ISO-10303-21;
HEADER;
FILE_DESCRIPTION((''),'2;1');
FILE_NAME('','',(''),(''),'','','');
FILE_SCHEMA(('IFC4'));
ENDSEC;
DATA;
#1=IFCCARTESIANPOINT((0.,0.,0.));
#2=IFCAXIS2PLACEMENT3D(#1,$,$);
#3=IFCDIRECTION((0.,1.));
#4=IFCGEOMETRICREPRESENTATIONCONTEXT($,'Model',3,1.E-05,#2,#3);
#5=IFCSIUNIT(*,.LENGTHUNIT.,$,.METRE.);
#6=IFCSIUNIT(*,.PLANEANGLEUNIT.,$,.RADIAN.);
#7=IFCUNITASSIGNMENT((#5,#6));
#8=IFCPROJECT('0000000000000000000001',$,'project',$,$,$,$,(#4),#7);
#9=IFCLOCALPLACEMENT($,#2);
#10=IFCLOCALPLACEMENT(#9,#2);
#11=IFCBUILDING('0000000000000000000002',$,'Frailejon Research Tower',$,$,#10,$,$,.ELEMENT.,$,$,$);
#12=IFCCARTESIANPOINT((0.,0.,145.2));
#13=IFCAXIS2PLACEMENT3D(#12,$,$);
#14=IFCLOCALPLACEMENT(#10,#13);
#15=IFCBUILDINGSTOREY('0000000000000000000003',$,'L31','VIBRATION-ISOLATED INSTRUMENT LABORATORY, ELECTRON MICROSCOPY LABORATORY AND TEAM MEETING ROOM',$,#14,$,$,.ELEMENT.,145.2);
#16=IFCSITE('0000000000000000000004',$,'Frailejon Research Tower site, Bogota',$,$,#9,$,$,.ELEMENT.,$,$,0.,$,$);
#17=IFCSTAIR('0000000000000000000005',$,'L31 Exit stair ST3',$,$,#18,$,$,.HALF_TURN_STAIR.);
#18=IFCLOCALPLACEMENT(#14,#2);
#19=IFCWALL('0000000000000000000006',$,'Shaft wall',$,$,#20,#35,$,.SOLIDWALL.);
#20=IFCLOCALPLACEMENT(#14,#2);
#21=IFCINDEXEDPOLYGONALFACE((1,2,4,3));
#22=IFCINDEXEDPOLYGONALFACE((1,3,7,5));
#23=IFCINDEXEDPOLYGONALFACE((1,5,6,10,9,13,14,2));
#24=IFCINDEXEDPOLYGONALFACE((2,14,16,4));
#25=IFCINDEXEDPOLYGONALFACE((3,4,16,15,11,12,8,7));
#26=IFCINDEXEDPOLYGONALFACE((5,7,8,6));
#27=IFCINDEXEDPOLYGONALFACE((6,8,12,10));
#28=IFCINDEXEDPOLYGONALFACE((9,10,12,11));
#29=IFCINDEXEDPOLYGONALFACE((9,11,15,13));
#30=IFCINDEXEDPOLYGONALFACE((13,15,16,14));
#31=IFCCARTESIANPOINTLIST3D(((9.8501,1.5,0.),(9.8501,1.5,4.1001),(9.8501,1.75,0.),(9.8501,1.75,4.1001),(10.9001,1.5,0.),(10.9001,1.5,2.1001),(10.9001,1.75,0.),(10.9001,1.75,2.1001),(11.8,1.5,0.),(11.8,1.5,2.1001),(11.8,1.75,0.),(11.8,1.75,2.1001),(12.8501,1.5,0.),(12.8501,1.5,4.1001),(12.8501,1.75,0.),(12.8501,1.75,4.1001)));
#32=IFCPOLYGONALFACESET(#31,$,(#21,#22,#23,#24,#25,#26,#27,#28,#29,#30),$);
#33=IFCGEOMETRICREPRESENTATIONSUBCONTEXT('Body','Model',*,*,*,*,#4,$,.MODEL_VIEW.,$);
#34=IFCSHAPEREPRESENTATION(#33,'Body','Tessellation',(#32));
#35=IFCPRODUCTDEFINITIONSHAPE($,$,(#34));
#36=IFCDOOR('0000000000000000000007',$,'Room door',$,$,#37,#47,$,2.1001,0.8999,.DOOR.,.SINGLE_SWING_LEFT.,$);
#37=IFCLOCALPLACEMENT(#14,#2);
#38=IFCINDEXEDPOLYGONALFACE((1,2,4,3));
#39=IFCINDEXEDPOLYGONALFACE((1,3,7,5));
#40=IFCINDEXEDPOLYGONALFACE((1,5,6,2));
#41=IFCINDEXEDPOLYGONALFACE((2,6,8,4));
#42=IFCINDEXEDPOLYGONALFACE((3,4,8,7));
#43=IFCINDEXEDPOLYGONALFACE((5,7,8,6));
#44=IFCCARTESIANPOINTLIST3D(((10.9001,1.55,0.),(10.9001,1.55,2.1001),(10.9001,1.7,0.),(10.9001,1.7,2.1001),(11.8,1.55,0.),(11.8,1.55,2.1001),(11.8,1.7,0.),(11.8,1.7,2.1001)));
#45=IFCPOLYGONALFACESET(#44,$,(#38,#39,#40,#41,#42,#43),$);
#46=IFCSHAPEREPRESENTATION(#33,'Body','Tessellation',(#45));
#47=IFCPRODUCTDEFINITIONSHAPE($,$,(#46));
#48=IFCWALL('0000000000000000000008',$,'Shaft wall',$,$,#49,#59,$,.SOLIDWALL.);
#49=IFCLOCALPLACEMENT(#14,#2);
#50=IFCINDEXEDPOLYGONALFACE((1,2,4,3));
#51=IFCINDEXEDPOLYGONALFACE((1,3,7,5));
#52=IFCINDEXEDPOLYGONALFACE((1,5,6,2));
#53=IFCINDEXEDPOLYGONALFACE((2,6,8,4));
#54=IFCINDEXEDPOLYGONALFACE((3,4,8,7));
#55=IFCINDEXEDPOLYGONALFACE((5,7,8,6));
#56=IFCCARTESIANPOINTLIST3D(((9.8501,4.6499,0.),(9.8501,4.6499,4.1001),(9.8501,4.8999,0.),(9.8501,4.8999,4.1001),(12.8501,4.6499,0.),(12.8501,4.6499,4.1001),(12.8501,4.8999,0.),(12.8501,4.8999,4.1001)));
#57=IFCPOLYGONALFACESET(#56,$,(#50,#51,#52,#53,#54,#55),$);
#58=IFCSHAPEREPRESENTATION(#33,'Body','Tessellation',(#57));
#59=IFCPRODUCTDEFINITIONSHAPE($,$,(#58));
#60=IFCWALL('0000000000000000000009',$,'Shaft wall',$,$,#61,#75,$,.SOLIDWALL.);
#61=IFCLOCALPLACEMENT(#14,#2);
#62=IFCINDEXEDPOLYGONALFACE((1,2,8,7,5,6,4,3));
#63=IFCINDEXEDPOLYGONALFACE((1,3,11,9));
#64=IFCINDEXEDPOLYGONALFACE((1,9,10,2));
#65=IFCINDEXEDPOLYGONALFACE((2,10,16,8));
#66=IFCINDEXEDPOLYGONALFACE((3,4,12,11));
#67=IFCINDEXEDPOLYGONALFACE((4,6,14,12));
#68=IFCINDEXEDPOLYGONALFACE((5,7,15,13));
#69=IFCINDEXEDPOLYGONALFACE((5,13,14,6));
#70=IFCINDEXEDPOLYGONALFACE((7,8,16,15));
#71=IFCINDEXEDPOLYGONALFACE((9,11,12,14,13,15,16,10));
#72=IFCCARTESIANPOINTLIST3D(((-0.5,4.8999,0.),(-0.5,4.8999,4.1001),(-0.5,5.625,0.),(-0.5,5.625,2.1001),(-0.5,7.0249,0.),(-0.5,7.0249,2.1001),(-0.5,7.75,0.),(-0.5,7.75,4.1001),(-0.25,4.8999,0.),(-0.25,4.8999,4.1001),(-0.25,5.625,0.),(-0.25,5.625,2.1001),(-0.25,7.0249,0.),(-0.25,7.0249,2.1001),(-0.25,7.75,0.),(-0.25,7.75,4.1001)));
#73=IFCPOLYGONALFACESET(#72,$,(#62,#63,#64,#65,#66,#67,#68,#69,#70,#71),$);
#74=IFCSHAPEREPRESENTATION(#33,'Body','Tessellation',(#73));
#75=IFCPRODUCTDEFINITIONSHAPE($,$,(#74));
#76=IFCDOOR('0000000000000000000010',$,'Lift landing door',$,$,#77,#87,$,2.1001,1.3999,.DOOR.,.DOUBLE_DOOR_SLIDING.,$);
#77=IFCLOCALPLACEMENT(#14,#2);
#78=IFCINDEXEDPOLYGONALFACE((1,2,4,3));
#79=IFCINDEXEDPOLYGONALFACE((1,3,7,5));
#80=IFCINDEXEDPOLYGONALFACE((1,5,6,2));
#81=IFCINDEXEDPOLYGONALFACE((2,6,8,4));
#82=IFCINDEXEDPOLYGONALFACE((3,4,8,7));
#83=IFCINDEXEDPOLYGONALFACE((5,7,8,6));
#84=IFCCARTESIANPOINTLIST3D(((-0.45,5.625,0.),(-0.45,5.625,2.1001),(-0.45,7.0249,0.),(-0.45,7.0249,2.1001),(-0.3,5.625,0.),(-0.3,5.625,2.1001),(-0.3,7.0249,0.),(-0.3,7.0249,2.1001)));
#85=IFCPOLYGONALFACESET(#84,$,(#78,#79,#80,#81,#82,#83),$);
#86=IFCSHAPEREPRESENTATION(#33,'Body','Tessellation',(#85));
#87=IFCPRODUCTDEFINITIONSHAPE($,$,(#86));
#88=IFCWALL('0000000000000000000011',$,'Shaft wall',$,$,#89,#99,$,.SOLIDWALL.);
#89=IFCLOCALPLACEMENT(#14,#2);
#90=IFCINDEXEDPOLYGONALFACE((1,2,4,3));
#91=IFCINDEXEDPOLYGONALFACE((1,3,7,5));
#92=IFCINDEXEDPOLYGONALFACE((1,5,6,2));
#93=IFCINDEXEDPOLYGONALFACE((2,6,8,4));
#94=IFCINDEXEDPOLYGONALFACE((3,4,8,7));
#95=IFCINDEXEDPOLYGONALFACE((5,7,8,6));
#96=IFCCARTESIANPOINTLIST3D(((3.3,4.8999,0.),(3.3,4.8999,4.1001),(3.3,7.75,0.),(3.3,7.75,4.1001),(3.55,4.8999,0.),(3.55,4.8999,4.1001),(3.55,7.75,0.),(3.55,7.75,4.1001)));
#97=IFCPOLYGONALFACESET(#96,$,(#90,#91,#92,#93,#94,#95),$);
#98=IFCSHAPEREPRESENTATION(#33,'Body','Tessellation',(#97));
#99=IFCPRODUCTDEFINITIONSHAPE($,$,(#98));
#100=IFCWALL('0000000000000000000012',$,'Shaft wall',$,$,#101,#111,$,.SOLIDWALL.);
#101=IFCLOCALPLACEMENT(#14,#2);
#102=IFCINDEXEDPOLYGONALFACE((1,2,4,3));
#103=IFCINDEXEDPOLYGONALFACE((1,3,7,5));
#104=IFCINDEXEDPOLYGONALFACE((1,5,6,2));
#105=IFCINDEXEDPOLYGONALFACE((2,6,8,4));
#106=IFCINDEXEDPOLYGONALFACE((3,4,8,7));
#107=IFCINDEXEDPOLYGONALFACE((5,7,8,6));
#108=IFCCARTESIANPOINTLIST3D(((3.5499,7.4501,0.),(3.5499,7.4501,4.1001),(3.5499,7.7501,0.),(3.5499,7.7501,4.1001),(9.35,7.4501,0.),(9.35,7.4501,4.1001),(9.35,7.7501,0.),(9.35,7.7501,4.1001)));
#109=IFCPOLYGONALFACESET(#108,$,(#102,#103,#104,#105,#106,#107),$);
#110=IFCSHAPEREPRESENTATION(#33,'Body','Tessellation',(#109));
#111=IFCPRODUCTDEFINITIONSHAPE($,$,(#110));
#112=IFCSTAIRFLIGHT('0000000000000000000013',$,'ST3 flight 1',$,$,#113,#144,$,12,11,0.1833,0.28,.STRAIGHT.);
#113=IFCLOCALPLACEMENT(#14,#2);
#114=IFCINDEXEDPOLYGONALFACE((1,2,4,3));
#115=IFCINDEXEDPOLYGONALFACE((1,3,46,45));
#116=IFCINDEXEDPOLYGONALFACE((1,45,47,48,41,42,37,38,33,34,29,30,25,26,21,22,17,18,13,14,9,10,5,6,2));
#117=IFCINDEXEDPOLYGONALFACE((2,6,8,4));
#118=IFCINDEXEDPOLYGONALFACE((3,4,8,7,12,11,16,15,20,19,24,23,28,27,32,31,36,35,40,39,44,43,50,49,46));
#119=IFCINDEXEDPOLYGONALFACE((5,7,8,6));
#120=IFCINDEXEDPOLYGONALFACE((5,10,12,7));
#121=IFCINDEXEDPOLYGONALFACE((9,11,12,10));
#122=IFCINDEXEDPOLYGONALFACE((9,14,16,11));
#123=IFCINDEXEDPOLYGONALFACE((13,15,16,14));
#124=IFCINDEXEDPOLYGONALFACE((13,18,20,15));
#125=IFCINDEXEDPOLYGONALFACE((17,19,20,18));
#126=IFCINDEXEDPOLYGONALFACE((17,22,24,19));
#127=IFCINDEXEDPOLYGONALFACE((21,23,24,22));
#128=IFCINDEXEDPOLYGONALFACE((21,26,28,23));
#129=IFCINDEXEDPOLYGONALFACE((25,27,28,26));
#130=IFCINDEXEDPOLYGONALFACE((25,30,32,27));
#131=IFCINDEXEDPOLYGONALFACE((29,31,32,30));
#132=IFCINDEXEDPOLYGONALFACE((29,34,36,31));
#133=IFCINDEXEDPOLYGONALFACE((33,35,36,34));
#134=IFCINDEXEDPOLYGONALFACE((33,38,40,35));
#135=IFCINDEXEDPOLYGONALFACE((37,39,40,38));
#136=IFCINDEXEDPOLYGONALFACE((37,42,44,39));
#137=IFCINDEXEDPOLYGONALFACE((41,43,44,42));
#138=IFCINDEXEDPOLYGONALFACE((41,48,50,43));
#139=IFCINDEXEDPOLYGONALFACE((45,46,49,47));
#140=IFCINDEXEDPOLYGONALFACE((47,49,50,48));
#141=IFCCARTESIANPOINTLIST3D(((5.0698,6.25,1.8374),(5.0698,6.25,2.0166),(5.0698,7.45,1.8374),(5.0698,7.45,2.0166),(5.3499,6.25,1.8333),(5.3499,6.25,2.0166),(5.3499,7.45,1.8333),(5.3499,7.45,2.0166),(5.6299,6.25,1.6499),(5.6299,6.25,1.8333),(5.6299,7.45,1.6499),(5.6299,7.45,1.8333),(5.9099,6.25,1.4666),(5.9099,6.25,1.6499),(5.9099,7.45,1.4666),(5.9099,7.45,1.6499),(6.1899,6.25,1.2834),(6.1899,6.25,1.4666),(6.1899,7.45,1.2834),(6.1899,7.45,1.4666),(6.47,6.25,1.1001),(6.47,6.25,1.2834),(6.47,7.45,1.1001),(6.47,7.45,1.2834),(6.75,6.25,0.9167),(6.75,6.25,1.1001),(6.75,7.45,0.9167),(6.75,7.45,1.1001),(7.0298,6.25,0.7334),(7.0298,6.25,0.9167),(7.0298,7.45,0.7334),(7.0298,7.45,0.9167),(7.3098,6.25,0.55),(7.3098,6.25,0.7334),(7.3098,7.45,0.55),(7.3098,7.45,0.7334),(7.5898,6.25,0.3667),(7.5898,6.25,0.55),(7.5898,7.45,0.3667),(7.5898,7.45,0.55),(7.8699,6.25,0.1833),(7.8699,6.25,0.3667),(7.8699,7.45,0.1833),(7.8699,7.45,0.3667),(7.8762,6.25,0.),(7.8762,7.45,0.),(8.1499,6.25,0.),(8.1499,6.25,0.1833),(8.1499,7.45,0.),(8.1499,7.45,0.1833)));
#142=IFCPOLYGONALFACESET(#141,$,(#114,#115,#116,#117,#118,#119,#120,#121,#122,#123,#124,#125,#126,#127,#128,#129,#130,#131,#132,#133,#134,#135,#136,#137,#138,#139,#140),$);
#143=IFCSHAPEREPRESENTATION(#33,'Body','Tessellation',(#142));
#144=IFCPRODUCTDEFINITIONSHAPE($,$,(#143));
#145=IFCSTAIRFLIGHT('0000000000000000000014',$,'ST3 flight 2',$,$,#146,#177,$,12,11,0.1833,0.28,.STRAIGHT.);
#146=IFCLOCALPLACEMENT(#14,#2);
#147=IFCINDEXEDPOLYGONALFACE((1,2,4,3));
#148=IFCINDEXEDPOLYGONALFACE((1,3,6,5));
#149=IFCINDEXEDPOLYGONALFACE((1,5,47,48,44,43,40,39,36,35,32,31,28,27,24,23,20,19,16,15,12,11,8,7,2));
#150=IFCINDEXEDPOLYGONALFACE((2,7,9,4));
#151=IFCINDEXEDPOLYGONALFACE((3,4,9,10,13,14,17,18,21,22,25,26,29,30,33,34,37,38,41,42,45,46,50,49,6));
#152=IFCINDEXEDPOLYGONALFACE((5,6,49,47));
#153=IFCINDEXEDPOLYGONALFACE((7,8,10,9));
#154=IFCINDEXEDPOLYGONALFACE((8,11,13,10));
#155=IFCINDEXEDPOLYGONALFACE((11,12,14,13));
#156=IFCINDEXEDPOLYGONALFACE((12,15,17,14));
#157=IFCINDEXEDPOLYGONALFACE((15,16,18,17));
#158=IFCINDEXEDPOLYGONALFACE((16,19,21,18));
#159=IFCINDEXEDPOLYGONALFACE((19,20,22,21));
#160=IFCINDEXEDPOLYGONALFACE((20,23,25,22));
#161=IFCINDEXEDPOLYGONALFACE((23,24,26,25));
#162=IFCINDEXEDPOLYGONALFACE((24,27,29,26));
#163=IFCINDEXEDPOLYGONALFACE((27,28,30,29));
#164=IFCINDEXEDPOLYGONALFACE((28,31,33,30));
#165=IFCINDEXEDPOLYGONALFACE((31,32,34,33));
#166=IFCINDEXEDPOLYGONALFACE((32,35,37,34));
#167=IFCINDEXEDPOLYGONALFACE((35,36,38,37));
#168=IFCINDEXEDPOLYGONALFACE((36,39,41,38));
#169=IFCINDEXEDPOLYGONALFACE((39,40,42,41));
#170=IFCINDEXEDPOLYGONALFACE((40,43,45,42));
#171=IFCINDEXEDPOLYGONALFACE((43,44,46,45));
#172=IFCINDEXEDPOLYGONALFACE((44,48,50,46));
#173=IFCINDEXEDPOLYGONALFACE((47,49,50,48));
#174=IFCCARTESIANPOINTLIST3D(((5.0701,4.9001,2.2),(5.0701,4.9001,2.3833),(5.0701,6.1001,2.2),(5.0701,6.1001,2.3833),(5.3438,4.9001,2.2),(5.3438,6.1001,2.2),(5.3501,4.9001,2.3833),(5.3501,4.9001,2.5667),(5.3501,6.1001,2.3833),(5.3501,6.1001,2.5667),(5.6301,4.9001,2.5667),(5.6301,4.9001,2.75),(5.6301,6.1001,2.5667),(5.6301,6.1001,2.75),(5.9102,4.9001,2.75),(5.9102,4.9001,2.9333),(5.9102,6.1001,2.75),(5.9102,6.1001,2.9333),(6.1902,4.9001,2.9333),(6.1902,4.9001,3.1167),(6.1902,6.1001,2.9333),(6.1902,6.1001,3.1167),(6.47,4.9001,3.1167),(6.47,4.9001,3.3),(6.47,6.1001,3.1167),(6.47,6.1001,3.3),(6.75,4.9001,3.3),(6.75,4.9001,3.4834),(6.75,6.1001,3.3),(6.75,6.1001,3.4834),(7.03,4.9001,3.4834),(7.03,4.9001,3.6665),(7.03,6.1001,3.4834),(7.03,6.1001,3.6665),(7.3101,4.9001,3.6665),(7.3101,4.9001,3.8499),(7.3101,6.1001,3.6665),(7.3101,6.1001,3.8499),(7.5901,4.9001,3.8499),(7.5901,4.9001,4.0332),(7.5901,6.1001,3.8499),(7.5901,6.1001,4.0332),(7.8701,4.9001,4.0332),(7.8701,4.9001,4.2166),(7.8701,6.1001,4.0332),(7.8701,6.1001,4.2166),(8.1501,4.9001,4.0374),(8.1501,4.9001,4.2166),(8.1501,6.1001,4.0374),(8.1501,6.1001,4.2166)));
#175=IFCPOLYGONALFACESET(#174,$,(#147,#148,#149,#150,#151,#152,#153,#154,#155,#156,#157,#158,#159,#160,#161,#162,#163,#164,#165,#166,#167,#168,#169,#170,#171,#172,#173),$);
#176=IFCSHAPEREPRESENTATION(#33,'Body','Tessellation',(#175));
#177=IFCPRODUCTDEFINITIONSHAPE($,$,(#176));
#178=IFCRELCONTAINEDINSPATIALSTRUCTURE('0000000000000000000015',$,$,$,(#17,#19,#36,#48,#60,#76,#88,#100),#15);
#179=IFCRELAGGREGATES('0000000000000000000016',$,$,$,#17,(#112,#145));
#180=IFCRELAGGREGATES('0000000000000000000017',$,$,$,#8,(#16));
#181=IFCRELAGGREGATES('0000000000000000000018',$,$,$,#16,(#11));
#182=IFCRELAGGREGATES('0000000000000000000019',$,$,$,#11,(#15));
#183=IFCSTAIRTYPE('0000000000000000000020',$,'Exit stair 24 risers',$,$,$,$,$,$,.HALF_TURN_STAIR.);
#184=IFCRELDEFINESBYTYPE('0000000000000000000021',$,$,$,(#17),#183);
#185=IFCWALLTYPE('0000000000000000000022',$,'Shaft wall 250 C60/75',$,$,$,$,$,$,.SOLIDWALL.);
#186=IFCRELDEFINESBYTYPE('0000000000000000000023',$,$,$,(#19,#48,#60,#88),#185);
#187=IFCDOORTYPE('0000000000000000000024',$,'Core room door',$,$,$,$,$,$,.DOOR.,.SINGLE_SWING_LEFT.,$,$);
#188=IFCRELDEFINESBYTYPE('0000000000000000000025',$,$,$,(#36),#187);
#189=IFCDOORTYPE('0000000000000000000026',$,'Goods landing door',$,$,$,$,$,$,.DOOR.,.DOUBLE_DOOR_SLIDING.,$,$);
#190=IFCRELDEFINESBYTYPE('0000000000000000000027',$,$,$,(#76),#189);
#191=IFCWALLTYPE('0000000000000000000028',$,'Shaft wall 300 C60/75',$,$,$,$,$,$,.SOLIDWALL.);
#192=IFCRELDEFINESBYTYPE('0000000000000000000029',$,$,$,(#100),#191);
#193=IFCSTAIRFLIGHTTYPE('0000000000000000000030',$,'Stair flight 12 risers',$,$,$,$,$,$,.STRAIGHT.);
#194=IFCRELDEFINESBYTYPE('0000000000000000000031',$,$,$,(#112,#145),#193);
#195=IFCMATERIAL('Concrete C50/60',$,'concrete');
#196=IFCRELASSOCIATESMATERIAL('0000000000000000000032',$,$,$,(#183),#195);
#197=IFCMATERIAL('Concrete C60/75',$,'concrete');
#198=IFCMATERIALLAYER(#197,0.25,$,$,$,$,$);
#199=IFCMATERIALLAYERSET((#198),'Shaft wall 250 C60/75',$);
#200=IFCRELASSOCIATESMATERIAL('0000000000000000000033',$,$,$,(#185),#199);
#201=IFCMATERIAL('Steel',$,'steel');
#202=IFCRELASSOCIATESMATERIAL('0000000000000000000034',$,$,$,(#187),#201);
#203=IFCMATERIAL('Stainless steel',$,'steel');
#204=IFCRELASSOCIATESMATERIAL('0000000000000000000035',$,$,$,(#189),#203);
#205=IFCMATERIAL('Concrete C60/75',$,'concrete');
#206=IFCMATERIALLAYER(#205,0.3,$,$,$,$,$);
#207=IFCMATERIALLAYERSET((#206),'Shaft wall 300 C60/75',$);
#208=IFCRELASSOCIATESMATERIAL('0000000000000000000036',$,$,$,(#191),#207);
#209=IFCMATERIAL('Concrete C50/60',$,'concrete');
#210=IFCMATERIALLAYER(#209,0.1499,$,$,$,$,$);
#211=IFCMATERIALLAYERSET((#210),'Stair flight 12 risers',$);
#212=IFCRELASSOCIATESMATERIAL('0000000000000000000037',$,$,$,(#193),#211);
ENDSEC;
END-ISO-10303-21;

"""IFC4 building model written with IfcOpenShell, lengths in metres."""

from ifc_helpers import new_model, si_unit, direction, frame, frame_2d, origin, place, context, subcontext, project, spatial, polyline, rectangle, outline, extrude, material, layer, layer_set, type_object, element, fill, aggregate, save


model = new_model("IFC4")

# Units and contexts
model_context = context("Model", 3, precision=1e-05, world=origin(), true_north=direction((0.0, 1.0)))
body_context = subcontext(model_context, "Body", "Model", "MODEL_VIEW")
ifc_project = project(units=[si_unit("LENGTHUNIT", "METRE"), si_unit("PLANEANGLEUNIT", "RADIAN")], contexts=[model_context])

# Site, building, storey
site_placement = place(None, origin())
site = spatial("IfcSite", under=ifc_project, at=site_placement, Name="Frailejon Research Tower site, Bogota", CompositionType="ELEMENT", RefElevation=0.0)
building_placement = place(site_placement, origin())
building = spatial("IfcBuilding", under=site, at=building_placement, Name="Frailejon Research Tower", CompositionType="ELEMENT")
storey_placement = place(building_placement, frame((0.0, 0.0, 145.2)))
storey = spatial("IfcBuildingStorey", under=building, at=storey_placement, Name="L31", Description="VIBRATION-ISOLATED INSTRUMENT LABORATORY, ELECTRON MICROSCOPY LABORATORY AND TEAM MEETING ROOM", CompositionType="ELEMENT", Elevation=145.2)

# Stair
ifc_material_1 = material(Name="Concrete C50/60", Category="concrete")
stair_type = type_object("IfcStairType", Name="Exit stair 24 risers", PredefinedType="HALF_TURN_STAIR", material=ifc_material_1)
stair_1_placement = place(storey_placement, origin())
stair_1 = element("IfcStair", 1, at=stair_1_placement, inside=storey, type_object=stair_type, Name="L31 Exit stair ST3", PredefinedType="HALF_TURN_STAIR")

# Wall, opening, door
ifc_material_2 = material(Name="Concrete C60/75", Category="concrete")
ifc_layer_1 = layer(ifc_material_2, 0.25)
ifc_layer_set_1 = layer_set([ifc_layer_1], Name="Shaft wall 250 C60/75")
wall_type_1 = type_object("IfcWallType", Name="Shaft wall 250 C60/75", PredefinedType="SOLIDWALL", material=ifc_layer_set_1)
wall_1_placement = place(storey_placement, frame((9.8501, 1.625, 0.0), z_axis=(0.0, 0.0, 1.0), x_axis=(1.0, 0.0, 0.0)))
wall_1 = element("IfcWall", 2, at=wall_1_placement, inside=storey, type_object=wall_type_1, Name="Shaft wall", PredefinedType="SOLIDWALL", context=body_context, shape_type="SweptSolid", body=[
    extrude(rectangle(XDim=3.0, YDim=0.25, at=frame_2d((1.5, 0.0))), origin(), (0.0, 0.0, 1.0), 4.1001),
])
opening_1_placement = place(wall_1_placement, frame((1.05, 0.0, 0.0)))
opening_1 = element("IfcOpeningElement", 3, at=opening_1_placement, cuts=wall_1, PredefinedType="OPENING", context=body_context, shape_type="SweptSolid", body=[
    extrude(rectangle(XDim=0.8999, YDim=2.1001, at=frame_2d((0.45, 1.05))), frame((0.0, 0.135, 0.0), z_axis=(0.0, -1.0, 0.0), x_axis=(1.0, 0.0, 0.0)), (0.0, 0.0, 1.0), 0.27),
])
ifc_material_3 = material(Name="Steel", Category="steel")
door_type_1 = type_object("IfcDoorType", Name="Core room door", OperationType="SINGLE_SWING_LEFT", PredefinedType="DOOR", material=ifc_material_3)
door_1_placement = place(opening_1_placement, origin())
door_1 = element("IfcDoor", 4, at=door_1_placement, inside=storey, type_object=door_type_1, Name="Room door", OperationType="SINGLE_SWING_LEFT", OverallHeight=2.1001, OverallWidth=0.8999, PredefinedType="DOOR", context=body_context, shape_type="SweptSolid", body=[
    extrude(rectangle(XDim=0.8999, YDim=2.1001, at=frame_2d((0.45, 1.05))), frame((0.0, 0.075, 0.0), z_axis=(0.0, -1.0, 0.0), x_axis=(1.0, 0.0, 0.0)), (0.0, 0.0, 1.0), 0.1499),
])
fill(opening_1, door_1)

# Wall
wall_2_placement = place(storey_placement, frame((9.8501, 4.7749, 0.0), z_axis=(0.0, 0.0, 1.0), x_axis=(1.0, 0.0, 0.0)))
element("IfcWall", 5, at=wall_2_placement, inside=storey, type_object=wall_type_1, Name="Shaft wall", PredefinedType="SOLIDWALL", context=body_context, shape_type="SweptSolid", body=[
    extrude(rectangle(XDim=3.0, YDim=0.25, at=frame_2d((1.5, 0.0))), origin(), (0.0, 0.0, 1.0), 4.1001),
])

# Wall, opening, door
wall_3_placement = place(storey_placement, frame((-0.375, 4.8999, 0.0), z_axis=(0.0, 0.0, 1.0), x_axis=(0.0, 1.0, 0.0)))
wall_3 = element("IfcWall", 6, at=wall_3_placement, inside=storey, type_object=wall_type_1, Name="Shaft wall", PredefinedType="SOLIDWALL", context=body_context, shape_type="SweptSolid", body=[
    extrude(rectangle(XDim=2.8501, YDim=0.25, at=frame_2d((1.425, 0.0))), origin(), (0.0, 0.0, 1.0), 4.1001),
])
opening_2_placement = place(wall_3_placement, frame((0.7251, 0.0, 0.0)))
opening_2 = element("IfcOpeningElement", 7, at=opening_2_placement, cuts=wall_3, PredefinedType="OPENING", context=body_context, shape_type="SweptSolid", body=[
    extrude(rectangle(XDim=1.3999, YDim=2.1001, at=frame_2d((0.7, 1.05))), frame((0.0, 0.135, 0.0), z_axis=(0.0, -1.0, 0.0), x_axis=(1.0, 0.0, 0.0)), (0.0, 0.0, 1.0), 0.27),
])
ifc_material_4 = material(Name="Stainless steel", Category="steel")
door_type_2 = type_object("IfcDoorType", Name="Goods landing door", OperationType="DOUBLE_DOOR_SLIDING", PredefinedType="DOOR", material=ifc_material_4)
door_2_placement = place(opening_2_placement, origin())
door_2 = element("IfcDoor", 8, at=door_2_placement, inside=storey, type_object=door_type_2, Name="Lift landing door", OperationType="DOUBLE_DOOR_SLIDING", OverallHeight=2.1001, OverallWidth=1.3999, PredefinedType="DOOR", context=body_context, shape_type="SweptSolid", body=[
    extrude(rectangle(XDim=1.3999, YDim=2.1001, at=frame_2d((0.7, 1.05))), frame((0.0, 0.075, 0.0), z_axis=(0.0, -1.0, 0.0), x_axis=(1.0, 0.0, 0.0)), (0.0, 0.0, 1.0), 0.1499),
])
fill(opening_2, door_2)

# Walls
wall_4_placement = place(storey_placement, frame((3.425, 4.8999, 0.0), z_axis=(0.0, 0.0, 1.0), x_axis=(0.0, 1.0, 0.0)))
element("IfcWall", 9, at=wall_4_placement, inside=storey, type_object=wall_type_1, Name="Shaft wall", PredefinedType="SOLIDWALL", context=body_context, shape_type="SweptSolid", body=[
    extrude(rectangle(XDim=2.8501, YDim=0.25, at=frame_2d((1.425, 0.0))), origin(), (0.0, 0.0, 1.0), 4.1001),
])
ifc_material_5 = material(Name="Concrete C60/75", Category="concrete")
ifc_layer_2 = layer(ifc_material_5, 0.3)
ifc_layer_set_2 = layer_set([ifc_layer_2], Name="Shaft wall 300 C60/75")
wall_type_2 = type_object("IfcWallType", Name="Shaft wall 300 C60/75", PredefinedType="SOLIDWALL", material=ifc_layer_set_2)
wall_5_placement = place(storey_placement, frame((3.55, 7.6001, 0.0), z_axis=(0.0, 0.0, 1.0), x_axis=(1.0, 0.0, 0.0)))
element("IfcWall", 10, at=wall_5_placement, inside=storey, type_object=wall_type_2, Name="Shaft wall", PredefinedType="SOLIDWALL", context=body_context, shape_type="SweptSolid", body=[
    extrude(rectangle(XDim=5.8, YDim=0.3, at=frame_2d((2.8999, 0.0))), origin(), (0.0, 0.0, 1.0), 4.1001),
])

# Stair flights
ifc_material_6 = material(Name="Concrete C50/60", Category="concrete")
ifc_layer_3 = layer(ifc_material_6, 0.1499)
ifc_layer_set_3 = layer_set([ifc_layer_3], Name="Stair flight 12 risers")
stair_flight_type = type_object("IfcStairFlightType", Name="Stair flight 12 risers", PredefinedType="STRAIGHT", material=ifc_layer_set_3)
stair_flight_1_placement = place(storey_placement, frame((8.1499, 6.8501, 0.0), z_axis=(0.0, 0.0, 1.0), x_axis=(-1.0, 0.0, 0.0)))
stair_flight_1 = element("IfcStairFlight", 11, at=stair_flight_1_placement, type_object=stair_flight_type, Name="ST3 flight 1", NumberOfRisers=12, NumberOfTreads=11, PredefinedType="STRAIGHT", RiserHeight=0.1833, TreadLength=0.28, context=body_context, shape_type="SweptSolid", body=[
    extrude(outline(polyline([(0.0, 0.0), (0.0, 0.1833), (0.28, 0.1833), (0.28, 0.3667), (0.5601, 0.3667), (0.5601, 0.55), (0.8401, 0.55), (0.8401, 0.7334), (1.1201, 0.7334), (1.1201, 0.9167), (1.3999, 0.9167), (1.3999, 1.1001), (1.6799, 1.1001), (1.6799, 1.2834), (1.96, 1.2834), (1.96, 1.4666), (2.24, 1.4666), (2.24, 1.6499), (2.52, 1.6499), (2.52, 1.8333), (2.8, 1.8333), (2.8, 2.0166), (3.0801, 2.0166), (3.0801, 2.2), (3.0801, 1.8374), (0.2737, 0.0), (0.0, 0.0)])), frame((0.0, 0.6001, 0.0), z_axis=(0.0, -1.0, 0.0), x_axis=(1.0, 0.0, 0.0)), (0.0, 0.0, 1.0), 1.2),
])
stair_flight_2_placement = place(storey_placement, frame((5.0701, 5.5, 2.2), z_axis=(0.0, 0.0, 1.0), x_axis=(1.0, 0.0, 0.0)))
stair_flight_2 = element("IfcStairFlight", 12, at=stair_flight_2_placement, type_object=stair_flight_type, Name="ST3 flight 2", NumberOfRisers=12, NumberOfTreads=11, PredefinedType="STRAIGHT", RiserHeight=0.1833, TreadLength=0.28, context=body_context, shape_type="SweptSolid", body=[
    extrude(outline(polyline([(0.0, 0.0), (0.0, 0.1833), (0.28, 0.1833), (0.28, 0.3667), (0.5601, 0.3667), (0.5601, 0.55), (0.8401, 0.55), (0.8401, 0.7334), (1.1201, 0.7334), (1.1201, 0.9167), (1.3999, 0.9167), (1.3999, 1.1001), (1.6799, 1.1001), (1.6799, 1.2834), (1.96, 1.2834), (1.96, 1.4666), (2.24, 1.4666), (2.24, 1.6499), (2.52, 1.6499), (2.52, 1.8333), (2.8, 1.8333), (2.8, 2.0166), (3.0801, 2.0166), (3.0801, 2.2), (3.0801, 1.8374), (0.2737, 0.0), (0.0, 0.0)])), frame((0.0, 0.6001, 0.0), z_axis=(0.0, -1.0, 0.0), x_axis=(1.0, 0.0, 0.0)), (0.0, 0.0, 1.0), 1.2),
])
aggregate(stair_1, [stair_flight_1, stair_flight_2])

save(model, "model.ifc")
